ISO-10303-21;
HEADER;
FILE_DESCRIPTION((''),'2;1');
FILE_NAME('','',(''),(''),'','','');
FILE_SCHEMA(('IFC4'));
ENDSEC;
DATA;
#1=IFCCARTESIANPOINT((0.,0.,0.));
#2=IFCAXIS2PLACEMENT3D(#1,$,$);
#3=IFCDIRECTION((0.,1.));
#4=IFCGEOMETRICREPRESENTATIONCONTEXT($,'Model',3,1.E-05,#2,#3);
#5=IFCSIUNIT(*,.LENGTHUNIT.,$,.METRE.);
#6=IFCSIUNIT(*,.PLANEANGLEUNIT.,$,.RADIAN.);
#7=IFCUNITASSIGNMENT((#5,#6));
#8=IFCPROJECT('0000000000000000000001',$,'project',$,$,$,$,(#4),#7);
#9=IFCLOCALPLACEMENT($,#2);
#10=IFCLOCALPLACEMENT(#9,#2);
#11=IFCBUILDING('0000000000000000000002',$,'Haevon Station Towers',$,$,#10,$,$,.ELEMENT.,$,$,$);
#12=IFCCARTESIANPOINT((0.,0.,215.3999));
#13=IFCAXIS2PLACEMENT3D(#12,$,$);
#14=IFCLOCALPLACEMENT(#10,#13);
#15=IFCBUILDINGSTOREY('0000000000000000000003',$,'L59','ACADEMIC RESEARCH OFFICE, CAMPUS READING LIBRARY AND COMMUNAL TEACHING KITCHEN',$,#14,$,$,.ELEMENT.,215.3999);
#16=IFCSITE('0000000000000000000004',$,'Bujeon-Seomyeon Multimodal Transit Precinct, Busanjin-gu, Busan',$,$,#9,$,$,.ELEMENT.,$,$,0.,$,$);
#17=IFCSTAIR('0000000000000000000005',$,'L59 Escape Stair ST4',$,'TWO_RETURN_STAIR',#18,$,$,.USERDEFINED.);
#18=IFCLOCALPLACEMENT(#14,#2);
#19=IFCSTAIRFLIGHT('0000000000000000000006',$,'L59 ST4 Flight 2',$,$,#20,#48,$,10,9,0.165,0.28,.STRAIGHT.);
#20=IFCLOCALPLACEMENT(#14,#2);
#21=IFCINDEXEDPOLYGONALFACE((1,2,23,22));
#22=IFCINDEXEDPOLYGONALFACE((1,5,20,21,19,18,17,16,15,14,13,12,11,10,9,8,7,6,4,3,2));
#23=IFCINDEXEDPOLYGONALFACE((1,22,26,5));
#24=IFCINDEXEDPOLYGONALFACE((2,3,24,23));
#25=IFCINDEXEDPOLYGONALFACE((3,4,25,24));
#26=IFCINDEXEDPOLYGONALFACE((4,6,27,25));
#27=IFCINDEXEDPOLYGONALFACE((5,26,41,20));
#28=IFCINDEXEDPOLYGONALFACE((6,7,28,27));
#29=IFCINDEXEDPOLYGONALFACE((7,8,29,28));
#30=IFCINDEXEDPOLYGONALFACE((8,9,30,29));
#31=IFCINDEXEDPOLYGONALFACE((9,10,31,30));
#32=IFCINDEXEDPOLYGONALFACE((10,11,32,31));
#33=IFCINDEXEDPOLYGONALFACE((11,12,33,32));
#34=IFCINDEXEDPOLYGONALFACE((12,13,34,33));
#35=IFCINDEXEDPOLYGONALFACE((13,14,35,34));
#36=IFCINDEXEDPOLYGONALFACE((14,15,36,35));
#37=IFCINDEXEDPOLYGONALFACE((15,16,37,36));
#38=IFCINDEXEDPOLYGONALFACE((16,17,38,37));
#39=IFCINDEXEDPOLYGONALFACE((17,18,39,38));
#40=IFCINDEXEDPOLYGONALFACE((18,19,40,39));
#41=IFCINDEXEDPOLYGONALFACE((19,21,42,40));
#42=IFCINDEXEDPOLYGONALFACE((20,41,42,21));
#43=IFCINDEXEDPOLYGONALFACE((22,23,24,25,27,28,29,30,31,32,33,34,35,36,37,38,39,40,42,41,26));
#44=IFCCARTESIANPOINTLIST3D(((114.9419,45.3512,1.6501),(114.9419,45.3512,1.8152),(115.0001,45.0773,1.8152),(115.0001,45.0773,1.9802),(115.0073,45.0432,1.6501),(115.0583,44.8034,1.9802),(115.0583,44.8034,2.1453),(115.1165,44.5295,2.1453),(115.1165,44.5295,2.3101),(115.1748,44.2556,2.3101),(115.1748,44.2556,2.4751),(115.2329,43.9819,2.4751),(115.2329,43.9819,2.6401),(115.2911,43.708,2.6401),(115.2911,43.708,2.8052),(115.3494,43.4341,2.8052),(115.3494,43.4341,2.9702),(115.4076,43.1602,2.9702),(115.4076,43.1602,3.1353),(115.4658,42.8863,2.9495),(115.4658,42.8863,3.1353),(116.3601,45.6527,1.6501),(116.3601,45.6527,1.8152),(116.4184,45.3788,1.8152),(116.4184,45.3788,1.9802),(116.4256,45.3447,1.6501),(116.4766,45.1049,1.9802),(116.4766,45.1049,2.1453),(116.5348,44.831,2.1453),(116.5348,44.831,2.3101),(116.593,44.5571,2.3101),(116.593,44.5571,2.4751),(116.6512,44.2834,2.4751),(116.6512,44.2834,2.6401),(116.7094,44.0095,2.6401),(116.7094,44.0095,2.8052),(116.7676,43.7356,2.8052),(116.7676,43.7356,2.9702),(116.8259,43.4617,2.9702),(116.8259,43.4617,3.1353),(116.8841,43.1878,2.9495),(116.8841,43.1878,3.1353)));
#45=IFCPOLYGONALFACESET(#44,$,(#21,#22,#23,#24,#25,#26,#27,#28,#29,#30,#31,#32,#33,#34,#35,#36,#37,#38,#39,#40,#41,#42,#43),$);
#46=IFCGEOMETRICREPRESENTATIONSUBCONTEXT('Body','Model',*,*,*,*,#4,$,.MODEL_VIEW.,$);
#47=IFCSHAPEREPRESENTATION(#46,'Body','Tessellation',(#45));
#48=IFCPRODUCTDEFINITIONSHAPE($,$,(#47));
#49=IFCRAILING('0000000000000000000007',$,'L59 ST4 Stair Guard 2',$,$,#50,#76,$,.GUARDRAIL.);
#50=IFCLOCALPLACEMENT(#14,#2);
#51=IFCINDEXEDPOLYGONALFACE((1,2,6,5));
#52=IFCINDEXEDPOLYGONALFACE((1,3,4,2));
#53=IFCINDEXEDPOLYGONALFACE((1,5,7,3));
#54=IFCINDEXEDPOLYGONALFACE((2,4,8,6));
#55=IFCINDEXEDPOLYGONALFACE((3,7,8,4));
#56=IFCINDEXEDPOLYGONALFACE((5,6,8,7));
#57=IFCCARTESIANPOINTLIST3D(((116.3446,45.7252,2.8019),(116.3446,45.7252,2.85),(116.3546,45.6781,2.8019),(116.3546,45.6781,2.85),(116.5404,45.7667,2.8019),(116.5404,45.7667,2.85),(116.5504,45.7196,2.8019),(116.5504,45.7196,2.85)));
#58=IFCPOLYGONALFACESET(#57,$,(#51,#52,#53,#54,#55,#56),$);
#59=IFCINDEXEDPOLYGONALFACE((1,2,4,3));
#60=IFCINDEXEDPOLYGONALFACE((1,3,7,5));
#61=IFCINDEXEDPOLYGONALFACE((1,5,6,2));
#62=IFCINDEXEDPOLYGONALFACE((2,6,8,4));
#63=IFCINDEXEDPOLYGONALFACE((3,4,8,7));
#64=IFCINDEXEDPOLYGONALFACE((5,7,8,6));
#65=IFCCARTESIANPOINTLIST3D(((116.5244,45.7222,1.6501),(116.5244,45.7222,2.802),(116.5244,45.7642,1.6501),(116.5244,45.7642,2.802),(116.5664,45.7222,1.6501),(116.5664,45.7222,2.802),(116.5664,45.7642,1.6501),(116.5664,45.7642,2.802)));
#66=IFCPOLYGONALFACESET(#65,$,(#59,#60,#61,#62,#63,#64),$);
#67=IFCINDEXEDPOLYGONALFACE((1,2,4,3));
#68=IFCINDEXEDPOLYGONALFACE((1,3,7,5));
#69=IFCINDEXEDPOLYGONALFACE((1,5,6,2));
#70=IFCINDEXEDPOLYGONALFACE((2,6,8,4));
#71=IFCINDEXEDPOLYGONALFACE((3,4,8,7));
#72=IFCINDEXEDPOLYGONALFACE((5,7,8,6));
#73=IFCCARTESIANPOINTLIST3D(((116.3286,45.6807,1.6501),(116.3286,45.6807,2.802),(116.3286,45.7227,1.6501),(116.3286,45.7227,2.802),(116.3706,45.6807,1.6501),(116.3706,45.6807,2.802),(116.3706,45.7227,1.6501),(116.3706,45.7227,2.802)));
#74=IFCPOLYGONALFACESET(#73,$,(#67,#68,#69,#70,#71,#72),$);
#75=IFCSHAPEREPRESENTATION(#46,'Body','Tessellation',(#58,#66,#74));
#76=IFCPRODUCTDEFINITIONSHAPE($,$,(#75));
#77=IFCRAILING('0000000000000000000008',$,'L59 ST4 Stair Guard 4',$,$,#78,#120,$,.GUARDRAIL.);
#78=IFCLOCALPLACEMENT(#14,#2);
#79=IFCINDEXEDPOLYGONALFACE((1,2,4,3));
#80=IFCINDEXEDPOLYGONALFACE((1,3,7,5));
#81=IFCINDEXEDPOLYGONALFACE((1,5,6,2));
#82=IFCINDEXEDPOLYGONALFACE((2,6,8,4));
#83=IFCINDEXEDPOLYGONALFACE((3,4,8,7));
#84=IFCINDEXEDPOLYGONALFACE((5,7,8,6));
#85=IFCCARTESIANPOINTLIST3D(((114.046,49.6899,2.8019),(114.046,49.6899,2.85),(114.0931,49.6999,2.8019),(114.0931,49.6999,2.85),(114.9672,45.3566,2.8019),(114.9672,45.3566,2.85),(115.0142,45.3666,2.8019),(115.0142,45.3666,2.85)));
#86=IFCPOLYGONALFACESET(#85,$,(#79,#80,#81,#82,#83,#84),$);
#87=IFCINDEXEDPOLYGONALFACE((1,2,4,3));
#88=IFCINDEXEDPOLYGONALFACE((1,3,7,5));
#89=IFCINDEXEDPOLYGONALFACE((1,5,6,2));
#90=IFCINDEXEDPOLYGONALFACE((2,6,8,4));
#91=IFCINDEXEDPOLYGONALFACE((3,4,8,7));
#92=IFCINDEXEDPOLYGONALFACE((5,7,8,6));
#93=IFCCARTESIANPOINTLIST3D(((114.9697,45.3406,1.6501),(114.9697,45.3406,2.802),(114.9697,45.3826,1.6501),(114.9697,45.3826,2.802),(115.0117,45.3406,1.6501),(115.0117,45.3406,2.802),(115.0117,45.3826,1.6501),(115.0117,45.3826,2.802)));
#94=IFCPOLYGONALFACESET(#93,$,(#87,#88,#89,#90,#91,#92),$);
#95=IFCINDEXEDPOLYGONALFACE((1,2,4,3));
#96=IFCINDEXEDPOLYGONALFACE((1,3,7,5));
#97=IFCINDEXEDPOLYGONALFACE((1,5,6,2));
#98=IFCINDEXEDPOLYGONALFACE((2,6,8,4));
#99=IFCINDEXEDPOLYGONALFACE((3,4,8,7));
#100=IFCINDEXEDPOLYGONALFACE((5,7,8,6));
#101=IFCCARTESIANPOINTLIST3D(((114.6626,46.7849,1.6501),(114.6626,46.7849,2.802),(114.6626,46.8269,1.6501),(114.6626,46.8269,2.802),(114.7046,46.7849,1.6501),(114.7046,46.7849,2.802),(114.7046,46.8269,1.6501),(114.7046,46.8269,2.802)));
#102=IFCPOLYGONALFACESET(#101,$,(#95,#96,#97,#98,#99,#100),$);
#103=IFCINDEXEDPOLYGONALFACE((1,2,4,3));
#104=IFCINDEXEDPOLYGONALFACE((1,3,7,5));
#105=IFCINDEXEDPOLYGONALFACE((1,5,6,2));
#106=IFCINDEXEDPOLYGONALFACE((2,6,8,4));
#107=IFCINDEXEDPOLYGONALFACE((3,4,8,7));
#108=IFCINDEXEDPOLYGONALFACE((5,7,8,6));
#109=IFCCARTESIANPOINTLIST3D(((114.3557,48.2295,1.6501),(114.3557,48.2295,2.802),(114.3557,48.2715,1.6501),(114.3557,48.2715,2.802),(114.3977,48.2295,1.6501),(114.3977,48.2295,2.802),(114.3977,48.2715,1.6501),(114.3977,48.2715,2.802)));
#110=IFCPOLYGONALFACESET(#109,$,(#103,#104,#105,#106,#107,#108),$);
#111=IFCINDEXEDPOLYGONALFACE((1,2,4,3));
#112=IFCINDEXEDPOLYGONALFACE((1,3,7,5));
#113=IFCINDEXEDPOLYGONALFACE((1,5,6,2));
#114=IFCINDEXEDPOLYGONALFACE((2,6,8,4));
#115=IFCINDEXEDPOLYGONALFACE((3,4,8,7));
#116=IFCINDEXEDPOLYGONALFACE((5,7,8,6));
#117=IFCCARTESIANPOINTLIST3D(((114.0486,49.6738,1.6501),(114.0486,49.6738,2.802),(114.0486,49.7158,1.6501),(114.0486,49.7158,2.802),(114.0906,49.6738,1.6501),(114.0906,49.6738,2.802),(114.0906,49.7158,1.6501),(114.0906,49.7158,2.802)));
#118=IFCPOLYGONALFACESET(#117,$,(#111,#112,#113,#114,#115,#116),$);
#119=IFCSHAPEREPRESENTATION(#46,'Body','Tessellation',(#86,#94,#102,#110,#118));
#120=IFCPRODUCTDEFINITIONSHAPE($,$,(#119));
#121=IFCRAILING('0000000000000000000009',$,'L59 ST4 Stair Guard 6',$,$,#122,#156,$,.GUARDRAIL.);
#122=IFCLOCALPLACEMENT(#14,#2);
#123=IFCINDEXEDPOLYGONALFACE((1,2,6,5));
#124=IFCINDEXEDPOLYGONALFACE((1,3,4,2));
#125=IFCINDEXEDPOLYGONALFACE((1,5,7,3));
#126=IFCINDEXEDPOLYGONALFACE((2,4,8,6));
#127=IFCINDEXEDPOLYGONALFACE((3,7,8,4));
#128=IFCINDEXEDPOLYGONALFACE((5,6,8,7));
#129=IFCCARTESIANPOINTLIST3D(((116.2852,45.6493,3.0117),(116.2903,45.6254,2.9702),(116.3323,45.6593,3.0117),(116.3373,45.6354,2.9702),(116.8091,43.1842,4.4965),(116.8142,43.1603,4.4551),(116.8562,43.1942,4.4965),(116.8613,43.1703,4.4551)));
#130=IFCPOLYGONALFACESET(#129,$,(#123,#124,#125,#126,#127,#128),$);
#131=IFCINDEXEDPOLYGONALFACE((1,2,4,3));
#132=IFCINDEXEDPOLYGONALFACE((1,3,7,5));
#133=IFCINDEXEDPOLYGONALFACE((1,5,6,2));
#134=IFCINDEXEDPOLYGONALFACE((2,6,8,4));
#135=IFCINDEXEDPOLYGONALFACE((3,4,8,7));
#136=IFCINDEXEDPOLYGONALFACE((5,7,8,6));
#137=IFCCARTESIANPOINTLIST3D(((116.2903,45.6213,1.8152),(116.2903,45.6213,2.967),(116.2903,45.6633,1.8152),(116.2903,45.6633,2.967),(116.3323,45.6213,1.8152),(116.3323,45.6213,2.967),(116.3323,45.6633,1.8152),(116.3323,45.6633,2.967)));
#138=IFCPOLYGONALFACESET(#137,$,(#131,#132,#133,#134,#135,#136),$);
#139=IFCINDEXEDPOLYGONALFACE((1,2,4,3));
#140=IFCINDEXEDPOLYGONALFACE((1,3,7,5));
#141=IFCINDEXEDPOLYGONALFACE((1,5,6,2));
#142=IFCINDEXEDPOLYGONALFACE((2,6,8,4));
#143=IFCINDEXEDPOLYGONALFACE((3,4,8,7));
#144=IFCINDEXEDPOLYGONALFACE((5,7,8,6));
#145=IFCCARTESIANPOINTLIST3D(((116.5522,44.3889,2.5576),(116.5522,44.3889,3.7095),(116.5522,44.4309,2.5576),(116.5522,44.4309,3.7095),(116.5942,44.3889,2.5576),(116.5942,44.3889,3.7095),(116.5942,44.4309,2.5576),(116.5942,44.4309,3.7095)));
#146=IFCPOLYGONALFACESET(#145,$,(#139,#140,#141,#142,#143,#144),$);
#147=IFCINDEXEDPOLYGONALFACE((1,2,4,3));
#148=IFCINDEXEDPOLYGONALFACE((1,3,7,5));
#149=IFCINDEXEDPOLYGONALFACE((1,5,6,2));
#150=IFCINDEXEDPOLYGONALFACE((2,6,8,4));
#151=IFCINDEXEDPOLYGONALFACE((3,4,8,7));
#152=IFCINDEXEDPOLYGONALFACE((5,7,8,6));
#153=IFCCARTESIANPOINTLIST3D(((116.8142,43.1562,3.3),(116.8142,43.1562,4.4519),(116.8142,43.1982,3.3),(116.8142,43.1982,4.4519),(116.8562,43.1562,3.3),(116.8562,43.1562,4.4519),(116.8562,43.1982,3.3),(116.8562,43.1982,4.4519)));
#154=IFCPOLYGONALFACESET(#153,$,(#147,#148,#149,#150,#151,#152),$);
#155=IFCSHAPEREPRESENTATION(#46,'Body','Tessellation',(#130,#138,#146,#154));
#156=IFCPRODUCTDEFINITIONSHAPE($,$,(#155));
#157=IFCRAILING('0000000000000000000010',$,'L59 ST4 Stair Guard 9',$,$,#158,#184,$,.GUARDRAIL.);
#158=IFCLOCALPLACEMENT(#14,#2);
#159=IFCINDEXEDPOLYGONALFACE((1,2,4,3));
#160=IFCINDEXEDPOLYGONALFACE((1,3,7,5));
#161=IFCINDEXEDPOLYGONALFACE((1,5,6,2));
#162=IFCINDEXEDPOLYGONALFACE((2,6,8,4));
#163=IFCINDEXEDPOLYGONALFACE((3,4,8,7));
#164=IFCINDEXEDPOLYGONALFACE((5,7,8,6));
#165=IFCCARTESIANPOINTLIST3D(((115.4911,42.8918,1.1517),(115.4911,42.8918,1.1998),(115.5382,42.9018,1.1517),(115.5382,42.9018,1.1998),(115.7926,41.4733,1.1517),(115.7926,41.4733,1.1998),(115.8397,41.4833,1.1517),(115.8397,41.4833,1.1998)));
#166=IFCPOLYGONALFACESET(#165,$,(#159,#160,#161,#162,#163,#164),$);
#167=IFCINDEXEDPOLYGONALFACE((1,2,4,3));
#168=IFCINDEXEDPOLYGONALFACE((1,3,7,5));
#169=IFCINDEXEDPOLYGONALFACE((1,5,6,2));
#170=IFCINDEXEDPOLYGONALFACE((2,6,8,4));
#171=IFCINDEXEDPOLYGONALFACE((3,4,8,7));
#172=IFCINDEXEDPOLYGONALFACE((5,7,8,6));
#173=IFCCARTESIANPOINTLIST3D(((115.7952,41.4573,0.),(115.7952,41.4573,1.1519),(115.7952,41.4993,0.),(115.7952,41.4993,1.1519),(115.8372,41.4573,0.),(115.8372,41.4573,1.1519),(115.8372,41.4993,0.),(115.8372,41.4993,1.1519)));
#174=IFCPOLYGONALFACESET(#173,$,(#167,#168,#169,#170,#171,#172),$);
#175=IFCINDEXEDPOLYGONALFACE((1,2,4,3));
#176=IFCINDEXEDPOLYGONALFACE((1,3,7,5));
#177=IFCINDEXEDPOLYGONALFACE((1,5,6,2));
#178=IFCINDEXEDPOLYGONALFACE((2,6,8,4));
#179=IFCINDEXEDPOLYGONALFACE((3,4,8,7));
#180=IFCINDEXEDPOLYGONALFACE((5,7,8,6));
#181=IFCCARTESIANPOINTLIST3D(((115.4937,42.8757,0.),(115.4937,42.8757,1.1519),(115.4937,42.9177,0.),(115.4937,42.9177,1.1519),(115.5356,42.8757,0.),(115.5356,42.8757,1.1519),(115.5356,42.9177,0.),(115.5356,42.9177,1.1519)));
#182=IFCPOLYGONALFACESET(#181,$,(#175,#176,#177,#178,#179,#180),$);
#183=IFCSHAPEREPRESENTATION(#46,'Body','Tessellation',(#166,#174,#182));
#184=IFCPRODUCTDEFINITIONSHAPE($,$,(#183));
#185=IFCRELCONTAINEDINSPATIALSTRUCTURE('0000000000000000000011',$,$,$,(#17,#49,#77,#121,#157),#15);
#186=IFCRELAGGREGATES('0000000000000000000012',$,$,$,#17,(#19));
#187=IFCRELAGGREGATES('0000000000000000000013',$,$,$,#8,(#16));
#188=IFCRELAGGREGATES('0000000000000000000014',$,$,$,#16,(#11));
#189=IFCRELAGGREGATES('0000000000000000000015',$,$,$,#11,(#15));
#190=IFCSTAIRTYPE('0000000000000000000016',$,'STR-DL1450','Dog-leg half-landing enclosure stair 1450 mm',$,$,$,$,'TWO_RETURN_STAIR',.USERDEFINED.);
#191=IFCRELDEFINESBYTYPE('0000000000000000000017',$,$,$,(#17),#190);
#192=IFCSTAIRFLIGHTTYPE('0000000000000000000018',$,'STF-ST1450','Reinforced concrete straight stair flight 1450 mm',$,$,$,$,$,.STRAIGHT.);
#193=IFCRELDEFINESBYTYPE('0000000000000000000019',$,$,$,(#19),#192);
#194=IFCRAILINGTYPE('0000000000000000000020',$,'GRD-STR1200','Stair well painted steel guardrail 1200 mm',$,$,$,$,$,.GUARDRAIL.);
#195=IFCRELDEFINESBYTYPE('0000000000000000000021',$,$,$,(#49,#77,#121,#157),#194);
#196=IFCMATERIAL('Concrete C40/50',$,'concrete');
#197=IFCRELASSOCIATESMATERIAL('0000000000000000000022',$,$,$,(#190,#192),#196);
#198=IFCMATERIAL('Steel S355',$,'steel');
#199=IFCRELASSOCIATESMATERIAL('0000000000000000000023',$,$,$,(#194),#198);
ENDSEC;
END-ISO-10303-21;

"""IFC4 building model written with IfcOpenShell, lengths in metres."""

from ifc_helpers import new_model, si_unit, direction, frame, origin, origin_2d, place, context, subcontext, project, spatial, polyline, rectangle, outline, extrude, material, type_object, element, aggregate, save


model = new_model("IFC4")

# Units and contexts
model_context = context("Model", 3, precision=1e-05, world=origin(), true_north=direction((0.0, 1.0)))
body_context = subcontext(model_context, "Body", "Model", "MODEL_VIEW")
ifc_project = project(units=[si_unit("LENGTHUNIT", "METRE"), si_unit("PLANEANGLEUNIT", "RADIAN")], contexts=[model_context])

# Site, building, storey
site_placement = place(None, origin())
site = spatial("IfcSite", under=ifc_project, at=site_placement, Name="Bujeon-Seomyeon Multimodal Transit Precinct, Busanjin-gu, Busan", CompositionType="ELEMENT", RefElevation=0.0)
building_placement = place(site_placement, origin())
building = spatial("IfcBuilding", under=site, at=building_placement, Name="Haevon Station Towers", CompositionType="ELEMENT")
storey_placement = place(building_placement, frame((0.0, 0.0, 215.3999)))
storey = spatial("IfcBuildingStorey", under=building, at=storey_placement, Name="L59", Description="ACADEMIC RESEARCH OFFICE, CAMPUS READING LIBRARY AND COMMUNAL TEACHING KITCHEN", CompositionType="ELEMENT", Elevation=215.3999)

# Shared definitions
ifc_material_1 = material(Name="Steel S355", Category="steel")

# Shared definitions
ifc_material_2 = material(Name="Concrete C40/50", Category="concrete")

# Stair, stair flight
stair_type = type_object("IfcStairType", Name="STR-DL1450", Description="Dog-leg half-landing enclosure stair 1450 mm", ElementType="TWO_RETURN_STAIR", PredefinedType="USERDEFINED", material=ifc_material_2)
stair_placement = place(storey_placement, origin())
stair = element("IfcStair", 1, at=stair_placement, inside=storey, type_object=stair_type, Name="L59 Escape Stair ST4", ObjectType="TWO_RETURN_STAIR", PredefinedType="USERDEFINED")
stair_flight_type = type_object("IfcStairFlightType", Name="STF-ST1450", Description="Reinforced concrete straight stair flight 1450 mm", PredefinedType="STRAIGHT", material=ifc_material_2)
stair_flight_placement = place(storey_placement, frame((115.6509, 45.502, 1.6501), z_axis=(0.0, 0.0, 1.0), x_axis=(0.207912, -0.978148, 0.0)))
stair_flight = element("IfcStairFlight", 2, at=stair_flight_placement, type_object=stair_flight_type, Name="L59 ST4 Flight 2", NumberOfRisers=10, NumberOfTreads=9, PredefinedType="STRAIGHT", RiserHeight=0.165, TreadLength=0.28, context=body_context, shape_type="SweptSolid", body=[
    extrude(outline(polyline([(0.0, 0.0), (0.0, 0.165), (0.28, 0.165), (0.28, 0.3301), (0.5601, 0.3301), (0.5601, 0.4951), (0.8401, 0.4951), (0.8401, 0.6599), (1.1201, 0.6599), (1.1201, 0.825), (1.3999, 0.825), (1.3999, 0.99), (1.6799, 0.99), (1.6799, 1.155), (1.96, 1.155), (1.96, 1.3201), (2.24, 1.3201), (2.24, 1.4851), (2.52, 1.4851), (2.52, 1.6499), (2.52, 1.2993), (0.3149, 0.0), (0.0, 0.0)])), frame((0.0, 0.7251, 0.0), z_axis=(0.0, -1.0, 0.0), x_axis=(1.0, 0.0, 0.0)), (0.0, 0.0, 1.0), 1.45),
])
aggregate(stair, [stair_flight])

# Railings
railing_type_1 = type_object("IfcRailingType", Name="GRD-STR1200", Description="Stair well painted steel guardrail 1200 mm", PredefinedType="GUARDRAIL", material=ifc_material_1)
railing_1_placement = place(storey_placement, frame((116.5454, 45.7432, 1.6501)))
element("IfcRailing", 3, at=railing_1_placement, inside=storey, type_object=railing_type_1, Name="L59 ST4 Stair Guard 2", PredefinedType="GUARDRAIL", context=body_context, shape_type="SweptSolid", body=[
    extrude(rectangle(XDim=0.0481, YDim=0.0481, at=origin_2d()), frame((0.0, 0.0, 1.1758), z_axis=(-0.978264, -0.207363, 0.0), x_axis=(0.207363, -0.978264, 0.0)), (0.0, 0.0, 1.0), 0.2002),
    extrude(rectangle(XDim=0.042, YDim=0.042, at=origin_2d()), origin(), (0.0, 0.0, 1.0), 1.1519),
    extrude(rectangle(XDim=0.042, YDim=0.042, at=origin_2d()), frame((-0.1958, -0.0415, 0.0)), (0.0, 0.0, 1.0), 1.1519),
])
railing_2_placement = place(storey_placement, frame((114.9907, 45.3616, 1.6501)))
element("IfcRailing", 4, at=railing_2_placement, inside=storey, type_object=railing_type_1, Name="L59 ST4 Stair Guard 4", PredefinedType="GUARDRAIL", context=body_context, shape_type="SweptSolid", body=[
    extrude(rectangle(XDim=0.0481, YDim=0.0481, at=origin_2d()), frame((0.0, 0.0, 1.1758), z_axis=(-0.207929, 0.978144, 0.0), x_axis=(-0.978144, -0.207929, 0.0)), (0.0, 0.0, 1.0), 4.4302),
    extrude(rectangle(XDim=0.042, YDim=0.042, at=origin_2d()), origin(), (0.0, 0.0, 1.0), 1.1519),
    extrude(rectangle(XDim=0.042, YDim=0.042, at=origin_2d()), frame((-0.3071, 1.4443, 0.0)), (0.0, 0.0, 1.0), 1.1519),
    extrude(rectangle(XDim=0.042, YDim=0.042, at=origin_2d()), frame((-0.614, 2.8889, 0.0)), (0.0, 0.0, 1.0), 1.1519),
    extrude(rectangle(XDim=0.042, YDim=0.042, at=origin_2d()), frame((-0.9211, 4.3333, 0.0)), (0.0, 0.0, 1.0), 1.1519),
])
railing_3_placement = place(storey_placement, frame((116.3113, 45.6423, 1.8152)))
element("IfcRailing", 5, at=railing_3_placement, inside=storey, type_object=railing_type_1, Name="L59 ST4 Stair Guard 6", PredefinedType="GUARDRAIL", context=body_context, shape_type="SweptSolid", body=[
    extrude(rectangle(XDim=0.0481, YDim=0.0481, at=origin_2d()), frame((0.0, 0.0, 1.1758), z_axis=(0.179116, -0.842748, 0.507635), x_axis=(0.978151, 0.207895, 0.0)), (0.0, 0.0, 1.0), 2.925),
    extrude(rectangle(XDim=0.042, YDim=0.042, at=origin_2d()), origin(), (0.0, 0.0, 1.0), 1.1519),
    extrude(rectangle(XDim=0.042, YDim=0.042, at=origin_2d()), frame((0.262, -1.2324, 0.7424)), (0.0, 0.0, 1.0), 1.1519),
    extrude(rectangle(XDim=0.042, YDim=0.042, at=origin_2d()), frame((0.5239, -2.4651, 1.4849)), (0.0, 0.0, 1.0), 1.1519),
])
railing_4_placement = place(storey_placement, frame((115.8162, 41.4783, 0.0)))
element("IfcRailing", 6, at=railing_4_placement, inside=storey, type_object=railing_type_1, Name="L59 ST4 Stair Guard 9", PredefinedType="GUARDRAIL", context=body_context, shape_type="SweptSolid", body=[
    extrude(rectangle(XDim=0.0481, YDim=0.0481, at=origin_2d()), frame((0.0, 0.0, 1.1758), z_axis=(-0.207919, 0.978146, 0.0), x_axis=(-0.978146, -0.207919, 0.0)), (0.0, 0.0, 1.0), 1.4502),
    extrude(rectangle(XDim=0.042, YDim=0.042, at=origin_2d()), origin(), (0.0, 0.0, 1.0), 1.1519),
    extrude(rectangle(XDim=0.042, YDim=0.042, at=origin_2d()), frame((-0.3015, 1.4185, 0.0)), (0.0, 0.0, 1.0), 1.1519),
])

save(model, "model.ifc")
